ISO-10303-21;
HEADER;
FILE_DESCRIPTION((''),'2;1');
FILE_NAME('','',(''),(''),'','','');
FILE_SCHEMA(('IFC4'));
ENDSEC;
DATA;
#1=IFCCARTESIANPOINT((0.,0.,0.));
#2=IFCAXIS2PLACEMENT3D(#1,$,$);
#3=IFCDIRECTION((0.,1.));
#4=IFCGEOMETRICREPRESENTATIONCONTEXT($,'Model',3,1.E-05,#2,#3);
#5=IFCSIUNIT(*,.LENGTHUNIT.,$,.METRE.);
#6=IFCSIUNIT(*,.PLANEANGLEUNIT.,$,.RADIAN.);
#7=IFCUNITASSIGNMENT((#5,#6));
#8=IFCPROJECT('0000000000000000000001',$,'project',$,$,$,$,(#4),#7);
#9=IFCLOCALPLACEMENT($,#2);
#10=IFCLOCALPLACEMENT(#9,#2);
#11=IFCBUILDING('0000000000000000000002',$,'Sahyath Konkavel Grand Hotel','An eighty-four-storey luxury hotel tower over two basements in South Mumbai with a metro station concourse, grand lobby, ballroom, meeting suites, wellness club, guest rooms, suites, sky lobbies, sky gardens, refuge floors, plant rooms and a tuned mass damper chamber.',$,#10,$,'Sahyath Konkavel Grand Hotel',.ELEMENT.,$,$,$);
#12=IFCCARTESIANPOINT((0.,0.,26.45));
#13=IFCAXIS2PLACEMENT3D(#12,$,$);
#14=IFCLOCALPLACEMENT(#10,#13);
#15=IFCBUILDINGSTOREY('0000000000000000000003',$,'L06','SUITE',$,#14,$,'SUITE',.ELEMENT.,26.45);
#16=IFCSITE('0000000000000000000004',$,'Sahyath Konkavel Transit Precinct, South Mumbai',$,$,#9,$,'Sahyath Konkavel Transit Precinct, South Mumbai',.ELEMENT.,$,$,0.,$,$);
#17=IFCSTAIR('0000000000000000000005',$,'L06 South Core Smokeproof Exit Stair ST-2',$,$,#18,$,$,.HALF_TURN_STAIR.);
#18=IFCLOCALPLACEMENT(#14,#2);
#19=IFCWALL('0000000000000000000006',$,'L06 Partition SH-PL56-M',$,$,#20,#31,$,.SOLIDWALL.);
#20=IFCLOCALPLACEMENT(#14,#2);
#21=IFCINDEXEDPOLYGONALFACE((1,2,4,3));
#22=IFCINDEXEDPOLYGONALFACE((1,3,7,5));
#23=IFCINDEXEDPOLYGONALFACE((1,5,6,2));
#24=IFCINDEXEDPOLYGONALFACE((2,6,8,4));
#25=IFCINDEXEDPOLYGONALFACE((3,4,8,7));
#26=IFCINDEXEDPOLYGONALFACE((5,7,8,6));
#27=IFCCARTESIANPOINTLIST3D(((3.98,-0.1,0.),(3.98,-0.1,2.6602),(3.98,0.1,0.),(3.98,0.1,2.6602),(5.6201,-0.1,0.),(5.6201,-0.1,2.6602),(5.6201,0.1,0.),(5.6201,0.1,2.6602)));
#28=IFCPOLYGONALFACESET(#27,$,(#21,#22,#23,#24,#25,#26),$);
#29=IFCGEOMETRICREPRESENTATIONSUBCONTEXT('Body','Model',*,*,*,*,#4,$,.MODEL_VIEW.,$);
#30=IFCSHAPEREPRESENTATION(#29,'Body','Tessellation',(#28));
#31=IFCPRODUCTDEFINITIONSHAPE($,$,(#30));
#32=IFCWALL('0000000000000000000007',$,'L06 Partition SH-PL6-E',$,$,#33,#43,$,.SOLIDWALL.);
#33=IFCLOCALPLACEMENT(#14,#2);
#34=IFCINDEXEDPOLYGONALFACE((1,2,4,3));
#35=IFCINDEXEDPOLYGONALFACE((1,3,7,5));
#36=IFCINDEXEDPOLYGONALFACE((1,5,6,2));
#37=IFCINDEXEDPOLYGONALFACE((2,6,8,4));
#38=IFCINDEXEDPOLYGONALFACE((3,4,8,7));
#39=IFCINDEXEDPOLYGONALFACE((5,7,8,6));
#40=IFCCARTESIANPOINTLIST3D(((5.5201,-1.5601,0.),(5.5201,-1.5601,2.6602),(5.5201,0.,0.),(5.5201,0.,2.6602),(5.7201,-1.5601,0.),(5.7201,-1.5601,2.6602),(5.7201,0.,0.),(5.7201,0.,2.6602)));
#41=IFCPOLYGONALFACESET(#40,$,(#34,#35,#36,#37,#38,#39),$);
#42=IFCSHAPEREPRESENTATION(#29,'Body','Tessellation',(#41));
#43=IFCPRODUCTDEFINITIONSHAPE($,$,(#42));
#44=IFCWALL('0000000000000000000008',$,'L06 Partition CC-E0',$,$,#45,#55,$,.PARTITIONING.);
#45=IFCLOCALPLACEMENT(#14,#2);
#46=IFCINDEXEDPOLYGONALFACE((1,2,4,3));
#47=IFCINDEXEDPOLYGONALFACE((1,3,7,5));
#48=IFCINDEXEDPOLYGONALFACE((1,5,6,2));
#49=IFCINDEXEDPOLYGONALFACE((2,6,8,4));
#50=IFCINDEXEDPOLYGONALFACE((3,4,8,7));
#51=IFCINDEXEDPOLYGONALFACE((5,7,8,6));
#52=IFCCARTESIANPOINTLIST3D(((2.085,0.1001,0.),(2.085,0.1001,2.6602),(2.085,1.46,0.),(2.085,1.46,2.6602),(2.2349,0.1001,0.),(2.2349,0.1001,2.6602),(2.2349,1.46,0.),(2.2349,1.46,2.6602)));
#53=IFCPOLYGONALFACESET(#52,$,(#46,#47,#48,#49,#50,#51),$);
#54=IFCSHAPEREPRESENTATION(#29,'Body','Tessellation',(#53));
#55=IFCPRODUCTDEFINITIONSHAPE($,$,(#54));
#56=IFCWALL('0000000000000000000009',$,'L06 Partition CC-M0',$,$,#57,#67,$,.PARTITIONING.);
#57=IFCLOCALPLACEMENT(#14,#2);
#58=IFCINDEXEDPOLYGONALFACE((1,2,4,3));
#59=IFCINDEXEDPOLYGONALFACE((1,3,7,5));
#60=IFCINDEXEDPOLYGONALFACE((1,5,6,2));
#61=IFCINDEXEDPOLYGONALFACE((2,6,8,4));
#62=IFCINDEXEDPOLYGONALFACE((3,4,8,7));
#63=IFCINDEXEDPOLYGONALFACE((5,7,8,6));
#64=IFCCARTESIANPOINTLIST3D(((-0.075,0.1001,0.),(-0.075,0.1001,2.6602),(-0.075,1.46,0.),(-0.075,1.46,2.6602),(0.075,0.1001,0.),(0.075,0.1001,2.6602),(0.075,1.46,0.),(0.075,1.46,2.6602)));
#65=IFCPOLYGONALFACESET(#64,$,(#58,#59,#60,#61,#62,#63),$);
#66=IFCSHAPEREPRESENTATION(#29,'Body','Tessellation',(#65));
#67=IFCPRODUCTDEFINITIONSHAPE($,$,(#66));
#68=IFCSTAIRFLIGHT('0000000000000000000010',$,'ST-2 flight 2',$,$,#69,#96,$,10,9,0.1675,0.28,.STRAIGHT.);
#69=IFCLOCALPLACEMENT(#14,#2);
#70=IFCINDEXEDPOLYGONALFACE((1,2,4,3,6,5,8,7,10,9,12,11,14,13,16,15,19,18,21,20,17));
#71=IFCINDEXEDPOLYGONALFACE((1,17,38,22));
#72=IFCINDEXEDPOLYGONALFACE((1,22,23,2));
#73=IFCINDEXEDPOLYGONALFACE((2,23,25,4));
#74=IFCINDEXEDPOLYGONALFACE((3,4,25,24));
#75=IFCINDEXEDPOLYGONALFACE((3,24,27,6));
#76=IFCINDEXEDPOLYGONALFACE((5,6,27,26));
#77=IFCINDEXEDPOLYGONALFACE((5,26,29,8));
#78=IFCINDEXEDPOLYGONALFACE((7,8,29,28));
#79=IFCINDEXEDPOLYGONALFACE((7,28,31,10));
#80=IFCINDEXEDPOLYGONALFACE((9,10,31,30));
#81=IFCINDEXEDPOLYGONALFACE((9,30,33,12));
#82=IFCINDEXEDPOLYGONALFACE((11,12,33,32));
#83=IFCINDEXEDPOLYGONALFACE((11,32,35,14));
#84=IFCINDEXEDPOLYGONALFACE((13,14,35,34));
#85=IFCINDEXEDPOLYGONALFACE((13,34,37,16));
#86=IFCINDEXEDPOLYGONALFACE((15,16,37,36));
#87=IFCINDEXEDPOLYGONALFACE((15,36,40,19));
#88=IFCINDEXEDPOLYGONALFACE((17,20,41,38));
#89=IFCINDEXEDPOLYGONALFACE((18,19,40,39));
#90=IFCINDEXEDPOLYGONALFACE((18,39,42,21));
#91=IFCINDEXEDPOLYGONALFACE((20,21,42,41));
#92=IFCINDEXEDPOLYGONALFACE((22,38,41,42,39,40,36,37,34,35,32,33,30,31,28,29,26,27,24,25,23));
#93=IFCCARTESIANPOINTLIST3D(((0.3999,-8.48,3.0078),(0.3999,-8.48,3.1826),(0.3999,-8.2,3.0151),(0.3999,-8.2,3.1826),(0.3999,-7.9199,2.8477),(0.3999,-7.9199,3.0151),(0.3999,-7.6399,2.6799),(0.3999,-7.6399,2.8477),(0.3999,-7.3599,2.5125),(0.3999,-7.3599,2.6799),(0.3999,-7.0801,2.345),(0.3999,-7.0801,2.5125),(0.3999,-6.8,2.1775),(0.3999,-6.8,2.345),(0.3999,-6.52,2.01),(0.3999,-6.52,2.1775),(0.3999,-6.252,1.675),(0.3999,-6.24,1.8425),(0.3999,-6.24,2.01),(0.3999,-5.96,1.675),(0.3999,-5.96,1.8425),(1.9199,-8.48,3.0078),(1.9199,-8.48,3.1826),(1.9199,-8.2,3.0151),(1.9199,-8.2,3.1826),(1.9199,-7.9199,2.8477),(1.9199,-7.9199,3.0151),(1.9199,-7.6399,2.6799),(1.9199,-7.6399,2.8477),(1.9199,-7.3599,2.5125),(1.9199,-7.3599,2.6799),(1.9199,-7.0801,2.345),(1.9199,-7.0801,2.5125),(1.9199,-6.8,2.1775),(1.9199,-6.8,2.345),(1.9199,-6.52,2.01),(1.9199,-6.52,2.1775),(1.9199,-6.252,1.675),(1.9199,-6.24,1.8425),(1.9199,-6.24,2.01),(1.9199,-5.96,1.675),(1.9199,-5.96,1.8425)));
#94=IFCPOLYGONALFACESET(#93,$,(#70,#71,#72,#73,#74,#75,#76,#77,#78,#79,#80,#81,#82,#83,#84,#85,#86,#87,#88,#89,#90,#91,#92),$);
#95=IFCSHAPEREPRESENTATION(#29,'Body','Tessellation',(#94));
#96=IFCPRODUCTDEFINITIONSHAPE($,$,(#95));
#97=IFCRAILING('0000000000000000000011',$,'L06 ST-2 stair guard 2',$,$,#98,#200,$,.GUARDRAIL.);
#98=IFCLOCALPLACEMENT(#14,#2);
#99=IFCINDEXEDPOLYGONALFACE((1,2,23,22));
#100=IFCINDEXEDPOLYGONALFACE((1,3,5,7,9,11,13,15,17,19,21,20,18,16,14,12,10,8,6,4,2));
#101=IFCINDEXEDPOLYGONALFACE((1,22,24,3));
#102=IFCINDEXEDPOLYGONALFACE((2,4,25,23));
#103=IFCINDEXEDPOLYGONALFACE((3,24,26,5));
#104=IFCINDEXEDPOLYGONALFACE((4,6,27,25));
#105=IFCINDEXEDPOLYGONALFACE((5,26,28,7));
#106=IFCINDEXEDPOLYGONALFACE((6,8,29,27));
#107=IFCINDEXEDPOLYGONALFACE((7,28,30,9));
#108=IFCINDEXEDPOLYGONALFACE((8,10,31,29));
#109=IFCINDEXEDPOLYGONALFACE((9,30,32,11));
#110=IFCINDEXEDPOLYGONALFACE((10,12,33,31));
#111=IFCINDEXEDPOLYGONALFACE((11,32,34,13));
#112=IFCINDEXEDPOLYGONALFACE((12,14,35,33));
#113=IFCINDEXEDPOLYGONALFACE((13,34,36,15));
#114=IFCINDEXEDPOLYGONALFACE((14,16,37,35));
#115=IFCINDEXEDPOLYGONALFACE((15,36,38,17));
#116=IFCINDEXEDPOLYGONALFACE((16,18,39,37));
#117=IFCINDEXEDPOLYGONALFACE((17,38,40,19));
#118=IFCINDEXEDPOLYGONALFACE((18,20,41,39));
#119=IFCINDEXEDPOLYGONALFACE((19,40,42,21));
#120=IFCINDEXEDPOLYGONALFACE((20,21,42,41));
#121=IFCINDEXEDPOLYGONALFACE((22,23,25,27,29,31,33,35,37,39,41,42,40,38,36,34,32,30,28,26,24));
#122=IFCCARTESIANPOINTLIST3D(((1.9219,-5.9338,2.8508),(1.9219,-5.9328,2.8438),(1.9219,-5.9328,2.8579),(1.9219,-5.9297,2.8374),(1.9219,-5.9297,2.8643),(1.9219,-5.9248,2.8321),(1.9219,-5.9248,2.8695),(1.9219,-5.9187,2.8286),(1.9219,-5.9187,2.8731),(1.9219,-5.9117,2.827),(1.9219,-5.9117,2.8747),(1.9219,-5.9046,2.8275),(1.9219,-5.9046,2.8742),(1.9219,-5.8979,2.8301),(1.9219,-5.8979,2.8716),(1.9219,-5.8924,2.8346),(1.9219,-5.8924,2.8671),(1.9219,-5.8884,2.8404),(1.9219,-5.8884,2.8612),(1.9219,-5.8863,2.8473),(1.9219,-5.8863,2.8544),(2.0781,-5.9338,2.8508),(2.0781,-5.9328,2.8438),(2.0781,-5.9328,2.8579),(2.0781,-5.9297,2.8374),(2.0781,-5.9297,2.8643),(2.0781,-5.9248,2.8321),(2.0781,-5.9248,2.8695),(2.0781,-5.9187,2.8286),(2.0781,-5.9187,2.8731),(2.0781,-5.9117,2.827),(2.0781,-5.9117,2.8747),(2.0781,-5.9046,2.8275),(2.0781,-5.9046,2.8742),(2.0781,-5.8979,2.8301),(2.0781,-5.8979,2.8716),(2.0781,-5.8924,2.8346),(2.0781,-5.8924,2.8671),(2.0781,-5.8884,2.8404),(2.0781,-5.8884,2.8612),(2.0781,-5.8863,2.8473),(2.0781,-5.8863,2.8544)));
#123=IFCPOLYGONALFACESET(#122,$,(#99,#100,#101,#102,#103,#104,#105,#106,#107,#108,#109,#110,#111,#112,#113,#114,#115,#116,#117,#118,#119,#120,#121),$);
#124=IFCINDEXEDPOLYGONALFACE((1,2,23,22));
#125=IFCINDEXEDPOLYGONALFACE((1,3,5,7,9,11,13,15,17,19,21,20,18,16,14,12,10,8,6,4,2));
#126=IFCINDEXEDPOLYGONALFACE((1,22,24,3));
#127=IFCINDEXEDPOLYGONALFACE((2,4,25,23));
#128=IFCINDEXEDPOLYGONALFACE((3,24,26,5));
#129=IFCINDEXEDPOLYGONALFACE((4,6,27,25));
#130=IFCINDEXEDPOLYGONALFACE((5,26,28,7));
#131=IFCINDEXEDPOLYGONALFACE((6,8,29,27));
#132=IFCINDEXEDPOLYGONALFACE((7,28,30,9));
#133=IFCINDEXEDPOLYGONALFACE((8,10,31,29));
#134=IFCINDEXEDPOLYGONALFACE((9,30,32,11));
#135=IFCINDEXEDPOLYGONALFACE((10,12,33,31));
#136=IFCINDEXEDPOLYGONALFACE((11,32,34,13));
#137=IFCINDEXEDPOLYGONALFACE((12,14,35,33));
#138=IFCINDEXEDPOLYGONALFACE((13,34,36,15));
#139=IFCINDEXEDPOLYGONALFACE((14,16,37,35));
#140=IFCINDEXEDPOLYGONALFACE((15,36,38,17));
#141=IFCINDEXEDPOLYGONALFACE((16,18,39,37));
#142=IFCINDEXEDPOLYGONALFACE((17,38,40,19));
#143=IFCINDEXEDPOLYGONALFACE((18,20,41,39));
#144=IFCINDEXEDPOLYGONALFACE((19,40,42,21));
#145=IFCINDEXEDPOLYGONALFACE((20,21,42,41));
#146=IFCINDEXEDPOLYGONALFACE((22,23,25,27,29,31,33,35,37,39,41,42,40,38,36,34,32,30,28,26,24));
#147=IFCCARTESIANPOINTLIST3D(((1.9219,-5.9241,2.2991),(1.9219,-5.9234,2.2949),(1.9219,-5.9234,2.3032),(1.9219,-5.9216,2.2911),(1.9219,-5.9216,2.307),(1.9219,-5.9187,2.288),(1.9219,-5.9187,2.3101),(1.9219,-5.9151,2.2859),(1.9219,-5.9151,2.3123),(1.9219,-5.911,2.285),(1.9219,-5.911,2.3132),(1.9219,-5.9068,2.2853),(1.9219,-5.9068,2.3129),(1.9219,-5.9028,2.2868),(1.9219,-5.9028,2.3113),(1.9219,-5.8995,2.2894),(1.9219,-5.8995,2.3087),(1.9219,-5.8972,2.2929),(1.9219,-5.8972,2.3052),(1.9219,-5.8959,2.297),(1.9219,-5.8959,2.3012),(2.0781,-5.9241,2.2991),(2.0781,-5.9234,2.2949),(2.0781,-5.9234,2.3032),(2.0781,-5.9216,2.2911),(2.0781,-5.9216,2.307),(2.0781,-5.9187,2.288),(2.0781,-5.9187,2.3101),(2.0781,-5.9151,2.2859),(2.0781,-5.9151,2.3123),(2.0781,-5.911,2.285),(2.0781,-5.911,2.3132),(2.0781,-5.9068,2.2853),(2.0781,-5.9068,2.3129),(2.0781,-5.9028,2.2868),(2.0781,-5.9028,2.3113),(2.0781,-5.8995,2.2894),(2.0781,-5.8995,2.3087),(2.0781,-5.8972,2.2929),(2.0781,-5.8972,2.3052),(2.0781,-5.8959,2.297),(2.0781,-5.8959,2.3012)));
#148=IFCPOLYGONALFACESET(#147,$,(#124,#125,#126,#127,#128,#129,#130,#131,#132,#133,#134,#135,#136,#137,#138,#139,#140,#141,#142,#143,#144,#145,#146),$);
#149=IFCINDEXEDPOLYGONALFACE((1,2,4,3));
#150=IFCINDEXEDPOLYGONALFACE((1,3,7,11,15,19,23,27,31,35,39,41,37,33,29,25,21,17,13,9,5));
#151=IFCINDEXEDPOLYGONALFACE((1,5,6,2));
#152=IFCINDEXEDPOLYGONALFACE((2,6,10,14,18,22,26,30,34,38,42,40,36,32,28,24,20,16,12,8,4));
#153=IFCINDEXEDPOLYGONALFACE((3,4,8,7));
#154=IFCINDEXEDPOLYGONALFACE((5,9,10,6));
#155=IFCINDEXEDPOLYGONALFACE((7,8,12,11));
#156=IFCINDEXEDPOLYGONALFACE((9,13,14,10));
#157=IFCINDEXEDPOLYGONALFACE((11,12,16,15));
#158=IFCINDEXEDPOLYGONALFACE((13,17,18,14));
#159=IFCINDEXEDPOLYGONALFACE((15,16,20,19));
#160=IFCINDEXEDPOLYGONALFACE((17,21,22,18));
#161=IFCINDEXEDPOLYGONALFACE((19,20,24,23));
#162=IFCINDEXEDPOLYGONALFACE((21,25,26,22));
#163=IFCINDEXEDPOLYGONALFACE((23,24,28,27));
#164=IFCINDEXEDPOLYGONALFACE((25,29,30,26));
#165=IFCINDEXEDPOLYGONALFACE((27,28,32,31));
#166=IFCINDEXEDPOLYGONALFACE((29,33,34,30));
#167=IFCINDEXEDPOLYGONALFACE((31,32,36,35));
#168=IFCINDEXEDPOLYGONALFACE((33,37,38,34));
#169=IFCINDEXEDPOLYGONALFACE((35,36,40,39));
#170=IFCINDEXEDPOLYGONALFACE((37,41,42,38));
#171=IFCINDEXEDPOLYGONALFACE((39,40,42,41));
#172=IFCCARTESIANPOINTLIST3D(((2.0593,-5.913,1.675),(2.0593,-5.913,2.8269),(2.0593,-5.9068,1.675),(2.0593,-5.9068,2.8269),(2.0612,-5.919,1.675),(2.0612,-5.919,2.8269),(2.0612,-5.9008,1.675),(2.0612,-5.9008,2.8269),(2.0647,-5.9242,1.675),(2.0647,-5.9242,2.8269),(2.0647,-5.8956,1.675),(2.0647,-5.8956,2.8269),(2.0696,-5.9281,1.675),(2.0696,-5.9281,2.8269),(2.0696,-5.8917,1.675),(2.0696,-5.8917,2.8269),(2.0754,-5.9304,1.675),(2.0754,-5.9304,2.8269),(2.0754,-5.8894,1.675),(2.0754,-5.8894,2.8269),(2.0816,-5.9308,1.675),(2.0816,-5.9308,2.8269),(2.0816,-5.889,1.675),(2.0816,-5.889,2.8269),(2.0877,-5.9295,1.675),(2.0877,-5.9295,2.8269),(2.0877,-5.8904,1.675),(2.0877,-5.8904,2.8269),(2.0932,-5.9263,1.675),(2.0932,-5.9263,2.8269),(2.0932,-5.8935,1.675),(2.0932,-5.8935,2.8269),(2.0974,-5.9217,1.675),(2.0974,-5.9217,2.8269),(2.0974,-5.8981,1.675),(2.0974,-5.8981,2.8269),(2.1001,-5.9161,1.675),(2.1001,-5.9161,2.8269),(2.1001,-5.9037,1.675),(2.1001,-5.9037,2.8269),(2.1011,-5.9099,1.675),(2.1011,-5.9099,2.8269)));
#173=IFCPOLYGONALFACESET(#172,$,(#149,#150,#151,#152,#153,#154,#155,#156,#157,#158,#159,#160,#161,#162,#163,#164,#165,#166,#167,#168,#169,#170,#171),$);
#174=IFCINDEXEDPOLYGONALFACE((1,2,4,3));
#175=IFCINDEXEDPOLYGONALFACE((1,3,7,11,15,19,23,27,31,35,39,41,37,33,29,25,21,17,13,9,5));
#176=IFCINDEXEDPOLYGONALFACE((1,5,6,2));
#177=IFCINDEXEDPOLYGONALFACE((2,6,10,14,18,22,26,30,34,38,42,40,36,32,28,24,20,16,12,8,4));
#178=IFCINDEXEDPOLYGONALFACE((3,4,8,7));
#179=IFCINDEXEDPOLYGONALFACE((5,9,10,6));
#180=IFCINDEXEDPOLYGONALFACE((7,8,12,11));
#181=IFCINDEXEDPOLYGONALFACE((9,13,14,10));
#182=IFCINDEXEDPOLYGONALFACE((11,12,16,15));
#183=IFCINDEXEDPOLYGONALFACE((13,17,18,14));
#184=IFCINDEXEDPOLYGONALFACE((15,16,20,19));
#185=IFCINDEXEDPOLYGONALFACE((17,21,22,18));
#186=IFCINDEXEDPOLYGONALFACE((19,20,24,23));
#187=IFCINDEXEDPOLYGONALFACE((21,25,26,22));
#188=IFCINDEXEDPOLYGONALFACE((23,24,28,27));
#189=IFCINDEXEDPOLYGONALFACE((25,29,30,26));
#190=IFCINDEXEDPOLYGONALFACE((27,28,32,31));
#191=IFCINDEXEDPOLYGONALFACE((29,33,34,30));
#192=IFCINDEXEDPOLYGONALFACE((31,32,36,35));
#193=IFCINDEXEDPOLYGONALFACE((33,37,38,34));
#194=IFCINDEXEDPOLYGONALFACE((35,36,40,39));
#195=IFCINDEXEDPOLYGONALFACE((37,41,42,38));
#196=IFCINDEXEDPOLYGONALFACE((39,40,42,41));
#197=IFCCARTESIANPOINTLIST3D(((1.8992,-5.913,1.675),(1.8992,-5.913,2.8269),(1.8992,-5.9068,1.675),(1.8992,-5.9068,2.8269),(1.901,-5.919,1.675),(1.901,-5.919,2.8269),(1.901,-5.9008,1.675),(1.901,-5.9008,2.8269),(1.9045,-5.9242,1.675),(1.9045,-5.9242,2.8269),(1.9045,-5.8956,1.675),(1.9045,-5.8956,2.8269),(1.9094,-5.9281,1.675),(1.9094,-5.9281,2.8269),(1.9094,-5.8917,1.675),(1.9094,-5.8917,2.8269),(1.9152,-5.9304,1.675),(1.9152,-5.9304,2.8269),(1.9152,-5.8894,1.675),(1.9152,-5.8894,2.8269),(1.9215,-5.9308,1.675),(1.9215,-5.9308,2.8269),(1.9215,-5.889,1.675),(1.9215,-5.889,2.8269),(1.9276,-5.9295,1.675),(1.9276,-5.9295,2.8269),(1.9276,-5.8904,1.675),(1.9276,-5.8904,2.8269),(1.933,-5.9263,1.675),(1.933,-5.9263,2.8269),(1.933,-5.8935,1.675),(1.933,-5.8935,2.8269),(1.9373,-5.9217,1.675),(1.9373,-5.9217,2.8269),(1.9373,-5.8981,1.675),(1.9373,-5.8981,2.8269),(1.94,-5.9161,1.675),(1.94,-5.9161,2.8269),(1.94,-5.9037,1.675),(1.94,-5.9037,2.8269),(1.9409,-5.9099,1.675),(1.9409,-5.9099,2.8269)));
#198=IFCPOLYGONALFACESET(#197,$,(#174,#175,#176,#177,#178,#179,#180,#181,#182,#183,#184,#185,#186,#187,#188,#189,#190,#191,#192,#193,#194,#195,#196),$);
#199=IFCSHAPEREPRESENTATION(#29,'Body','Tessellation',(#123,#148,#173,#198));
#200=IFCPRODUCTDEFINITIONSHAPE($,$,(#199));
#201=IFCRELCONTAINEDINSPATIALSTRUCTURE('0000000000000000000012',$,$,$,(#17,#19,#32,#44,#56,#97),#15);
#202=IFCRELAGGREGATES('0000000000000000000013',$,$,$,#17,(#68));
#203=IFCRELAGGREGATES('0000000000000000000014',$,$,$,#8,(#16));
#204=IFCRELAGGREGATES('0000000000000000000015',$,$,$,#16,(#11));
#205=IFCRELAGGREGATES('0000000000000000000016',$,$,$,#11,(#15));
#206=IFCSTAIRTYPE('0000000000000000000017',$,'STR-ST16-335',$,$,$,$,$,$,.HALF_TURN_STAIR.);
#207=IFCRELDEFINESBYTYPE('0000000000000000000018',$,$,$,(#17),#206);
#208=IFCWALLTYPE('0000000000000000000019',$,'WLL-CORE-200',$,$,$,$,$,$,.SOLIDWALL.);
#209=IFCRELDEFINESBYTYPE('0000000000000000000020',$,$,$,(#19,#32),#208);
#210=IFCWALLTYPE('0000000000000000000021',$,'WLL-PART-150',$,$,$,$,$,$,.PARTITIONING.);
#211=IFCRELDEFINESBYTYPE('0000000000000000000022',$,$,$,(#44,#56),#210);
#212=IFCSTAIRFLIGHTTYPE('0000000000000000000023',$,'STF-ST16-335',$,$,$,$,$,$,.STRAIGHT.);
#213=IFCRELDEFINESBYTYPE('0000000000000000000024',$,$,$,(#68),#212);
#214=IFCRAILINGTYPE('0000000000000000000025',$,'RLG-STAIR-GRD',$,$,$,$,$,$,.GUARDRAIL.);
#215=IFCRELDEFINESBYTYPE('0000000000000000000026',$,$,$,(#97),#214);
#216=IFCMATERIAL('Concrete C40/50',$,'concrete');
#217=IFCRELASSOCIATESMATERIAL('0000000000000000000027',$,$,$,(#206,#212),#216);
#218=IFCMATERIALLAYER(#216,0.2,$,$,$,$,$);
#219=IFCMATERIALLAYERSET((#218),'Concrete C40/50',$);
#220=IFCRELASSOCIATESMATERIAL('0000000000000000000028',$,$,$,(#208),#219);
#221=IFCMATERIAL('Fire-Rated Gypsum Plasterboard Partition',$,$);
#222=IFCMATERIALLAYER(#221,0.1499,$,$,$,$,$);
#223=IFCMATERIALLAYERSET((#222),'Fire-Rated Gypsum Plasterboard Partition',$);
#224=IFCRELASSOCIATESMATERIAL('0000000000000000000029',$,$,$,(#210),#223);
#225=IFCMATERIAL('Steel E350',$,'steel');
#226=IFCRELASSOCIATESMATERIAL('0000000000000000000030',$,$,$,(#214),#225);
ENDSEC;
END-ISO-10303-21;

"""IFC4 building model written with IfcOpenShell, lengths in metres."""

from ifc_helpers import new_model, si_unit, direction, frame, frame_2d, origin, origin_2d, place, context, subcontext, project, spatial, polyline, rectangle, circle, outline, extrude, material, layer, layer_set, type_object, element, aggregate, save


model = new_model("IFC4")

# Units and contexts
model_context = context("Model", 3, precision=1e-05, world=origin(), true_north=direction((0.0, 1.0)))
body_context = subcontext(model_context, "Body", "Model", "MODEL_VIEW")
ifc_project = project(units=[si_unit("LENGTHUNIT", "METRE"), si_unit("PLANEANGLEUNIT", "RADIAN")], contexts=[model_context])

# Site, building, storey
site_placement = place(None, origin())
site = spatial("IfcSite", under=ifc_project, at=site_placement, Name="Sahyath Konkavel Transit Precinct, South Mumbai", LongName="Sahyath Konkavel Transit Precinct, South Mumbai", CompositionType="ELEMENT", RefElevation=0.0)
building_placement = place(site_placement, origin())
building = spatial("IfcBuilding", under=site, at=building_placement, Name="Sahyath Konkavel Grand Hotel", Description="An eighty-four-storey luxury hotel tower over two basements in South Mumbai with a metro station concourse, grand lobby, ballroom, meeting suites, wellness club, guest rooms, suites, sky lobbies, sky gardens, refuge floors, plant rooms and a tuned mass damper chamber.", LongName="Sahyath Konkavel Grand Hotel", CompositionType="ELEMENT")
storey_placement = place(building_placement, frame((0.0, 0.0, 26.45)))
storey = spatial("IfcBuildingStorey", under=building, at=storey_placement, Name="L06", Description="SUITE", LongName="SUITE", CompositionType="ELEMENT", Elevation=26.45)

# Shared definitions
ifc_material_1 = material(Name="Steel E350", Category="steel")

# Shared definitions
ifc_material_2 = material(Name="Concrete C40/50", Category="concrete")

# Stair
stair_type = type_object("IfcStairType", Name="STR-ST16-335", PredefinedType="HALF_TURN_STAIR", material=ifc_material_2)
stair_placement = place(storey_placement, origin())
stair = element("IfcStair", 1, at=stair_placement, inside=storey, type_object=stair_type, Name="L06 South Core Smokeproof Exit Stair ST-2", PredefinedType="HALF_TURN_STAIR")

# Walls
ifc_layer_1 = layer(ifc_material_2, 0.2)
ifc_layer_set_1 = layer_set([ifc_layer_1], Name="Concrete C40/50")
wall_type_1 = type_object("IfcWallType", Name="WLL-CORE-200", PredefinedType="SOLIDWALL", material=ifc_layer_set_1)
for number, where, z_axis, x_axis, name in (
    (2, (3.98, 0.0, 0.0), (0.0, 0.0, 1.0), (1.0, 0.0, 0.0), "L06 Partition SH-PL56-M"),
):
    element("IfcWall", number, at=place(storey_placement, frame(where, z_axis=z_axis, x_axis=x_axis)), inside=storey, type_object=wall_type_1, Name=name, PredefinedType="SOLIDWALL", context=body_context, shape_type="SweptSolid", body=[
        extrude(rectangle(XDim=1.6401, YDim=0.2, at=frame_2d((0.8201, 0.0))), origin(), (0.0, 0.0, 1.0), 2.6602),
    ])
wall_1_placement = place(storey_placement, frame((5.6201, -1.5601, 0.0), z_axis=(0.0, 0.0, 1.0), x_axis=(0.0, 1.0, 0.0)))
element("IfcWall", 3, at=wall_1_placement, inside=storey, type_object=wall_type_1, Name="L06 Partition SH-PL6-E", PredefinedType="SOLIDWALL", context=body_context, shape_type="SweptSolid", body=[
    extrude(rectangle(XDim=1.5601, YDim=0.2, at=frame_2d((0.78, 0.0))), origin(), (0.0, 0.0, 1.0), 2.6602),
])
ifc_material_3 = material(Name="Fire-Rated Gypsum Plasterboard Partition")
ifc_layer_2 = layer(ifc_material_3, 0.1499)
ifc_layer_set_2 = layer_set([ifc_layer_2], Name="Fire-Rated Gypsum Plasterboard Partition")
wall_type_2 = type_object("IfcWallType", Name="WLL-PART-150", PredefinedType="PARTITIONING", material=ifc_layer_set_2)
for number, where, z_axis, x_axis, name in (
    (4, (2.1599, 0.1001, 0.0), (0.0, 0.0, 1.0), (0.0, 1.0, 0.0), "L06 Partition CC-E0"),
    (5, (0.0, 0.1001, 0.0), (0.0, 0.0, 1.0), (0.0, 1.0, 0.0), "L06 Partition CC-M0"),
):
    element("IfcWall", number, at=place(storey_placement, frame(where, z_axis=z_axis, x_axis=x_axis)), inside=storey, type_object=wall_type_2, Name=name, PredefinedType="PARTITIONING", context=body_context, shape_type="SweptSolid", body=[
        extrude(rectangle(XDim=1.3599, YDim=0.1499, at=frame_2d((0.6799, 0.0))), origin(), (0.0, 0.0, 1.0), 2.6602),
    ])

# Stair flight
stair_flight_type = type_object("IfcStairFlightType", Name="STF-ST16-335", PredefinedType="STRAIGHT", material=ifc_material_2)
stair_flight_placement = place(storey_placement, frame((1.1599, -5.96, 1.675), z_axis=(0.0, 0.0, 1.0), x_axis=(0.0, -1.0, 0.0)))
stair_flight = element("IfcStairFlight", 6, at=stair_flight_placement, type_object=stair_flight_type, Name="ST-2 flight 2", NumberOfRisers=10, NumberOfTreads=9, PredefinedType="STRAIGHT", RiserHeight=0.1675, TreadLength=0.28, context=body_context, shape_type="SweptSolid", body=[
    extrude(outline(polyline([(0.0, 0.0), (0.0, 0.1675), (0.28, 0.1675), (0.28, 0.335), (0.5601, 0.335), (0.5601, 0.5024), (0.8401, 0.5024), (0.8401, 0.6699), (1.1201, 0.6699), (1.1201, 0.8374), (1.3999, 0.8374), (1.3999, 1.0049), (1.6799, 1.0049), (1.6799, 1.1726), (1.96, 1.1726), (1.96, 1.3401), (2.24, 1.3401), (2.24, 1.5076), (2.52, 1.5076), (2.52, 1.675), (2.52, 1.3328), (0.292, 0.0), (0.0, 0.0)])), frame((0.0, 0.76, 0.0), z_axis=(0.0, -1.0, 0.0), x_axis=(1.0, 0.0, 0.0)), (0.0, 0.0, 1.0), 1.52),
])
aggregate(stair, [stair_flight])

# Railing
railing_type_1 = type_object("IfcRailingType", Name="RLG-STAIR-GRD", PredefinedType="GUARDRAIL", material=ifc_material_1)
railing_1_placement = place(storey_placement, frame((2.0801, -5.9099, 1.675)))
element("IfcRailing", 7, at=railing_1_placement, inside=storey, type_object=railing_type_1, Name="L06 ST-2 stair guard 2", PredefinedType="GUARDRAIL", context=body_context, shape_type="SweptSolid", body=[
    extrude(circle(Radius=0.0239, at=origin_2d()), frame((-0.002, 0.0, 1.1758), z_axis=(-1.0, 0.0, 0.0), x_axis=(0.0, -1.0, 0.0)), (0.0, 0.0, 1.0), 0.1562),
    extrude(circle(Radius=0.0142, at=origin_2d()), frame((-0.002, 0.0, 0.624), z_axis=(-1.0, 0.0, 0.0), x_axis=(0.0, -1.0, 0.0)), (0.0, 0.0, 1.0), 0.1562),
    extrude(circle(Radius=0.021, at=origin_2d()), origin(), (0.0, 0.0, 1.0), 1.1519),
    extrude(circle(Radius=0.021, at=origin_2d()), frame((-0.1602, 0.0, 0.0)), (0.0, 0.0, 1.0), 1.1519),
])

save(model, "model.ifc")
